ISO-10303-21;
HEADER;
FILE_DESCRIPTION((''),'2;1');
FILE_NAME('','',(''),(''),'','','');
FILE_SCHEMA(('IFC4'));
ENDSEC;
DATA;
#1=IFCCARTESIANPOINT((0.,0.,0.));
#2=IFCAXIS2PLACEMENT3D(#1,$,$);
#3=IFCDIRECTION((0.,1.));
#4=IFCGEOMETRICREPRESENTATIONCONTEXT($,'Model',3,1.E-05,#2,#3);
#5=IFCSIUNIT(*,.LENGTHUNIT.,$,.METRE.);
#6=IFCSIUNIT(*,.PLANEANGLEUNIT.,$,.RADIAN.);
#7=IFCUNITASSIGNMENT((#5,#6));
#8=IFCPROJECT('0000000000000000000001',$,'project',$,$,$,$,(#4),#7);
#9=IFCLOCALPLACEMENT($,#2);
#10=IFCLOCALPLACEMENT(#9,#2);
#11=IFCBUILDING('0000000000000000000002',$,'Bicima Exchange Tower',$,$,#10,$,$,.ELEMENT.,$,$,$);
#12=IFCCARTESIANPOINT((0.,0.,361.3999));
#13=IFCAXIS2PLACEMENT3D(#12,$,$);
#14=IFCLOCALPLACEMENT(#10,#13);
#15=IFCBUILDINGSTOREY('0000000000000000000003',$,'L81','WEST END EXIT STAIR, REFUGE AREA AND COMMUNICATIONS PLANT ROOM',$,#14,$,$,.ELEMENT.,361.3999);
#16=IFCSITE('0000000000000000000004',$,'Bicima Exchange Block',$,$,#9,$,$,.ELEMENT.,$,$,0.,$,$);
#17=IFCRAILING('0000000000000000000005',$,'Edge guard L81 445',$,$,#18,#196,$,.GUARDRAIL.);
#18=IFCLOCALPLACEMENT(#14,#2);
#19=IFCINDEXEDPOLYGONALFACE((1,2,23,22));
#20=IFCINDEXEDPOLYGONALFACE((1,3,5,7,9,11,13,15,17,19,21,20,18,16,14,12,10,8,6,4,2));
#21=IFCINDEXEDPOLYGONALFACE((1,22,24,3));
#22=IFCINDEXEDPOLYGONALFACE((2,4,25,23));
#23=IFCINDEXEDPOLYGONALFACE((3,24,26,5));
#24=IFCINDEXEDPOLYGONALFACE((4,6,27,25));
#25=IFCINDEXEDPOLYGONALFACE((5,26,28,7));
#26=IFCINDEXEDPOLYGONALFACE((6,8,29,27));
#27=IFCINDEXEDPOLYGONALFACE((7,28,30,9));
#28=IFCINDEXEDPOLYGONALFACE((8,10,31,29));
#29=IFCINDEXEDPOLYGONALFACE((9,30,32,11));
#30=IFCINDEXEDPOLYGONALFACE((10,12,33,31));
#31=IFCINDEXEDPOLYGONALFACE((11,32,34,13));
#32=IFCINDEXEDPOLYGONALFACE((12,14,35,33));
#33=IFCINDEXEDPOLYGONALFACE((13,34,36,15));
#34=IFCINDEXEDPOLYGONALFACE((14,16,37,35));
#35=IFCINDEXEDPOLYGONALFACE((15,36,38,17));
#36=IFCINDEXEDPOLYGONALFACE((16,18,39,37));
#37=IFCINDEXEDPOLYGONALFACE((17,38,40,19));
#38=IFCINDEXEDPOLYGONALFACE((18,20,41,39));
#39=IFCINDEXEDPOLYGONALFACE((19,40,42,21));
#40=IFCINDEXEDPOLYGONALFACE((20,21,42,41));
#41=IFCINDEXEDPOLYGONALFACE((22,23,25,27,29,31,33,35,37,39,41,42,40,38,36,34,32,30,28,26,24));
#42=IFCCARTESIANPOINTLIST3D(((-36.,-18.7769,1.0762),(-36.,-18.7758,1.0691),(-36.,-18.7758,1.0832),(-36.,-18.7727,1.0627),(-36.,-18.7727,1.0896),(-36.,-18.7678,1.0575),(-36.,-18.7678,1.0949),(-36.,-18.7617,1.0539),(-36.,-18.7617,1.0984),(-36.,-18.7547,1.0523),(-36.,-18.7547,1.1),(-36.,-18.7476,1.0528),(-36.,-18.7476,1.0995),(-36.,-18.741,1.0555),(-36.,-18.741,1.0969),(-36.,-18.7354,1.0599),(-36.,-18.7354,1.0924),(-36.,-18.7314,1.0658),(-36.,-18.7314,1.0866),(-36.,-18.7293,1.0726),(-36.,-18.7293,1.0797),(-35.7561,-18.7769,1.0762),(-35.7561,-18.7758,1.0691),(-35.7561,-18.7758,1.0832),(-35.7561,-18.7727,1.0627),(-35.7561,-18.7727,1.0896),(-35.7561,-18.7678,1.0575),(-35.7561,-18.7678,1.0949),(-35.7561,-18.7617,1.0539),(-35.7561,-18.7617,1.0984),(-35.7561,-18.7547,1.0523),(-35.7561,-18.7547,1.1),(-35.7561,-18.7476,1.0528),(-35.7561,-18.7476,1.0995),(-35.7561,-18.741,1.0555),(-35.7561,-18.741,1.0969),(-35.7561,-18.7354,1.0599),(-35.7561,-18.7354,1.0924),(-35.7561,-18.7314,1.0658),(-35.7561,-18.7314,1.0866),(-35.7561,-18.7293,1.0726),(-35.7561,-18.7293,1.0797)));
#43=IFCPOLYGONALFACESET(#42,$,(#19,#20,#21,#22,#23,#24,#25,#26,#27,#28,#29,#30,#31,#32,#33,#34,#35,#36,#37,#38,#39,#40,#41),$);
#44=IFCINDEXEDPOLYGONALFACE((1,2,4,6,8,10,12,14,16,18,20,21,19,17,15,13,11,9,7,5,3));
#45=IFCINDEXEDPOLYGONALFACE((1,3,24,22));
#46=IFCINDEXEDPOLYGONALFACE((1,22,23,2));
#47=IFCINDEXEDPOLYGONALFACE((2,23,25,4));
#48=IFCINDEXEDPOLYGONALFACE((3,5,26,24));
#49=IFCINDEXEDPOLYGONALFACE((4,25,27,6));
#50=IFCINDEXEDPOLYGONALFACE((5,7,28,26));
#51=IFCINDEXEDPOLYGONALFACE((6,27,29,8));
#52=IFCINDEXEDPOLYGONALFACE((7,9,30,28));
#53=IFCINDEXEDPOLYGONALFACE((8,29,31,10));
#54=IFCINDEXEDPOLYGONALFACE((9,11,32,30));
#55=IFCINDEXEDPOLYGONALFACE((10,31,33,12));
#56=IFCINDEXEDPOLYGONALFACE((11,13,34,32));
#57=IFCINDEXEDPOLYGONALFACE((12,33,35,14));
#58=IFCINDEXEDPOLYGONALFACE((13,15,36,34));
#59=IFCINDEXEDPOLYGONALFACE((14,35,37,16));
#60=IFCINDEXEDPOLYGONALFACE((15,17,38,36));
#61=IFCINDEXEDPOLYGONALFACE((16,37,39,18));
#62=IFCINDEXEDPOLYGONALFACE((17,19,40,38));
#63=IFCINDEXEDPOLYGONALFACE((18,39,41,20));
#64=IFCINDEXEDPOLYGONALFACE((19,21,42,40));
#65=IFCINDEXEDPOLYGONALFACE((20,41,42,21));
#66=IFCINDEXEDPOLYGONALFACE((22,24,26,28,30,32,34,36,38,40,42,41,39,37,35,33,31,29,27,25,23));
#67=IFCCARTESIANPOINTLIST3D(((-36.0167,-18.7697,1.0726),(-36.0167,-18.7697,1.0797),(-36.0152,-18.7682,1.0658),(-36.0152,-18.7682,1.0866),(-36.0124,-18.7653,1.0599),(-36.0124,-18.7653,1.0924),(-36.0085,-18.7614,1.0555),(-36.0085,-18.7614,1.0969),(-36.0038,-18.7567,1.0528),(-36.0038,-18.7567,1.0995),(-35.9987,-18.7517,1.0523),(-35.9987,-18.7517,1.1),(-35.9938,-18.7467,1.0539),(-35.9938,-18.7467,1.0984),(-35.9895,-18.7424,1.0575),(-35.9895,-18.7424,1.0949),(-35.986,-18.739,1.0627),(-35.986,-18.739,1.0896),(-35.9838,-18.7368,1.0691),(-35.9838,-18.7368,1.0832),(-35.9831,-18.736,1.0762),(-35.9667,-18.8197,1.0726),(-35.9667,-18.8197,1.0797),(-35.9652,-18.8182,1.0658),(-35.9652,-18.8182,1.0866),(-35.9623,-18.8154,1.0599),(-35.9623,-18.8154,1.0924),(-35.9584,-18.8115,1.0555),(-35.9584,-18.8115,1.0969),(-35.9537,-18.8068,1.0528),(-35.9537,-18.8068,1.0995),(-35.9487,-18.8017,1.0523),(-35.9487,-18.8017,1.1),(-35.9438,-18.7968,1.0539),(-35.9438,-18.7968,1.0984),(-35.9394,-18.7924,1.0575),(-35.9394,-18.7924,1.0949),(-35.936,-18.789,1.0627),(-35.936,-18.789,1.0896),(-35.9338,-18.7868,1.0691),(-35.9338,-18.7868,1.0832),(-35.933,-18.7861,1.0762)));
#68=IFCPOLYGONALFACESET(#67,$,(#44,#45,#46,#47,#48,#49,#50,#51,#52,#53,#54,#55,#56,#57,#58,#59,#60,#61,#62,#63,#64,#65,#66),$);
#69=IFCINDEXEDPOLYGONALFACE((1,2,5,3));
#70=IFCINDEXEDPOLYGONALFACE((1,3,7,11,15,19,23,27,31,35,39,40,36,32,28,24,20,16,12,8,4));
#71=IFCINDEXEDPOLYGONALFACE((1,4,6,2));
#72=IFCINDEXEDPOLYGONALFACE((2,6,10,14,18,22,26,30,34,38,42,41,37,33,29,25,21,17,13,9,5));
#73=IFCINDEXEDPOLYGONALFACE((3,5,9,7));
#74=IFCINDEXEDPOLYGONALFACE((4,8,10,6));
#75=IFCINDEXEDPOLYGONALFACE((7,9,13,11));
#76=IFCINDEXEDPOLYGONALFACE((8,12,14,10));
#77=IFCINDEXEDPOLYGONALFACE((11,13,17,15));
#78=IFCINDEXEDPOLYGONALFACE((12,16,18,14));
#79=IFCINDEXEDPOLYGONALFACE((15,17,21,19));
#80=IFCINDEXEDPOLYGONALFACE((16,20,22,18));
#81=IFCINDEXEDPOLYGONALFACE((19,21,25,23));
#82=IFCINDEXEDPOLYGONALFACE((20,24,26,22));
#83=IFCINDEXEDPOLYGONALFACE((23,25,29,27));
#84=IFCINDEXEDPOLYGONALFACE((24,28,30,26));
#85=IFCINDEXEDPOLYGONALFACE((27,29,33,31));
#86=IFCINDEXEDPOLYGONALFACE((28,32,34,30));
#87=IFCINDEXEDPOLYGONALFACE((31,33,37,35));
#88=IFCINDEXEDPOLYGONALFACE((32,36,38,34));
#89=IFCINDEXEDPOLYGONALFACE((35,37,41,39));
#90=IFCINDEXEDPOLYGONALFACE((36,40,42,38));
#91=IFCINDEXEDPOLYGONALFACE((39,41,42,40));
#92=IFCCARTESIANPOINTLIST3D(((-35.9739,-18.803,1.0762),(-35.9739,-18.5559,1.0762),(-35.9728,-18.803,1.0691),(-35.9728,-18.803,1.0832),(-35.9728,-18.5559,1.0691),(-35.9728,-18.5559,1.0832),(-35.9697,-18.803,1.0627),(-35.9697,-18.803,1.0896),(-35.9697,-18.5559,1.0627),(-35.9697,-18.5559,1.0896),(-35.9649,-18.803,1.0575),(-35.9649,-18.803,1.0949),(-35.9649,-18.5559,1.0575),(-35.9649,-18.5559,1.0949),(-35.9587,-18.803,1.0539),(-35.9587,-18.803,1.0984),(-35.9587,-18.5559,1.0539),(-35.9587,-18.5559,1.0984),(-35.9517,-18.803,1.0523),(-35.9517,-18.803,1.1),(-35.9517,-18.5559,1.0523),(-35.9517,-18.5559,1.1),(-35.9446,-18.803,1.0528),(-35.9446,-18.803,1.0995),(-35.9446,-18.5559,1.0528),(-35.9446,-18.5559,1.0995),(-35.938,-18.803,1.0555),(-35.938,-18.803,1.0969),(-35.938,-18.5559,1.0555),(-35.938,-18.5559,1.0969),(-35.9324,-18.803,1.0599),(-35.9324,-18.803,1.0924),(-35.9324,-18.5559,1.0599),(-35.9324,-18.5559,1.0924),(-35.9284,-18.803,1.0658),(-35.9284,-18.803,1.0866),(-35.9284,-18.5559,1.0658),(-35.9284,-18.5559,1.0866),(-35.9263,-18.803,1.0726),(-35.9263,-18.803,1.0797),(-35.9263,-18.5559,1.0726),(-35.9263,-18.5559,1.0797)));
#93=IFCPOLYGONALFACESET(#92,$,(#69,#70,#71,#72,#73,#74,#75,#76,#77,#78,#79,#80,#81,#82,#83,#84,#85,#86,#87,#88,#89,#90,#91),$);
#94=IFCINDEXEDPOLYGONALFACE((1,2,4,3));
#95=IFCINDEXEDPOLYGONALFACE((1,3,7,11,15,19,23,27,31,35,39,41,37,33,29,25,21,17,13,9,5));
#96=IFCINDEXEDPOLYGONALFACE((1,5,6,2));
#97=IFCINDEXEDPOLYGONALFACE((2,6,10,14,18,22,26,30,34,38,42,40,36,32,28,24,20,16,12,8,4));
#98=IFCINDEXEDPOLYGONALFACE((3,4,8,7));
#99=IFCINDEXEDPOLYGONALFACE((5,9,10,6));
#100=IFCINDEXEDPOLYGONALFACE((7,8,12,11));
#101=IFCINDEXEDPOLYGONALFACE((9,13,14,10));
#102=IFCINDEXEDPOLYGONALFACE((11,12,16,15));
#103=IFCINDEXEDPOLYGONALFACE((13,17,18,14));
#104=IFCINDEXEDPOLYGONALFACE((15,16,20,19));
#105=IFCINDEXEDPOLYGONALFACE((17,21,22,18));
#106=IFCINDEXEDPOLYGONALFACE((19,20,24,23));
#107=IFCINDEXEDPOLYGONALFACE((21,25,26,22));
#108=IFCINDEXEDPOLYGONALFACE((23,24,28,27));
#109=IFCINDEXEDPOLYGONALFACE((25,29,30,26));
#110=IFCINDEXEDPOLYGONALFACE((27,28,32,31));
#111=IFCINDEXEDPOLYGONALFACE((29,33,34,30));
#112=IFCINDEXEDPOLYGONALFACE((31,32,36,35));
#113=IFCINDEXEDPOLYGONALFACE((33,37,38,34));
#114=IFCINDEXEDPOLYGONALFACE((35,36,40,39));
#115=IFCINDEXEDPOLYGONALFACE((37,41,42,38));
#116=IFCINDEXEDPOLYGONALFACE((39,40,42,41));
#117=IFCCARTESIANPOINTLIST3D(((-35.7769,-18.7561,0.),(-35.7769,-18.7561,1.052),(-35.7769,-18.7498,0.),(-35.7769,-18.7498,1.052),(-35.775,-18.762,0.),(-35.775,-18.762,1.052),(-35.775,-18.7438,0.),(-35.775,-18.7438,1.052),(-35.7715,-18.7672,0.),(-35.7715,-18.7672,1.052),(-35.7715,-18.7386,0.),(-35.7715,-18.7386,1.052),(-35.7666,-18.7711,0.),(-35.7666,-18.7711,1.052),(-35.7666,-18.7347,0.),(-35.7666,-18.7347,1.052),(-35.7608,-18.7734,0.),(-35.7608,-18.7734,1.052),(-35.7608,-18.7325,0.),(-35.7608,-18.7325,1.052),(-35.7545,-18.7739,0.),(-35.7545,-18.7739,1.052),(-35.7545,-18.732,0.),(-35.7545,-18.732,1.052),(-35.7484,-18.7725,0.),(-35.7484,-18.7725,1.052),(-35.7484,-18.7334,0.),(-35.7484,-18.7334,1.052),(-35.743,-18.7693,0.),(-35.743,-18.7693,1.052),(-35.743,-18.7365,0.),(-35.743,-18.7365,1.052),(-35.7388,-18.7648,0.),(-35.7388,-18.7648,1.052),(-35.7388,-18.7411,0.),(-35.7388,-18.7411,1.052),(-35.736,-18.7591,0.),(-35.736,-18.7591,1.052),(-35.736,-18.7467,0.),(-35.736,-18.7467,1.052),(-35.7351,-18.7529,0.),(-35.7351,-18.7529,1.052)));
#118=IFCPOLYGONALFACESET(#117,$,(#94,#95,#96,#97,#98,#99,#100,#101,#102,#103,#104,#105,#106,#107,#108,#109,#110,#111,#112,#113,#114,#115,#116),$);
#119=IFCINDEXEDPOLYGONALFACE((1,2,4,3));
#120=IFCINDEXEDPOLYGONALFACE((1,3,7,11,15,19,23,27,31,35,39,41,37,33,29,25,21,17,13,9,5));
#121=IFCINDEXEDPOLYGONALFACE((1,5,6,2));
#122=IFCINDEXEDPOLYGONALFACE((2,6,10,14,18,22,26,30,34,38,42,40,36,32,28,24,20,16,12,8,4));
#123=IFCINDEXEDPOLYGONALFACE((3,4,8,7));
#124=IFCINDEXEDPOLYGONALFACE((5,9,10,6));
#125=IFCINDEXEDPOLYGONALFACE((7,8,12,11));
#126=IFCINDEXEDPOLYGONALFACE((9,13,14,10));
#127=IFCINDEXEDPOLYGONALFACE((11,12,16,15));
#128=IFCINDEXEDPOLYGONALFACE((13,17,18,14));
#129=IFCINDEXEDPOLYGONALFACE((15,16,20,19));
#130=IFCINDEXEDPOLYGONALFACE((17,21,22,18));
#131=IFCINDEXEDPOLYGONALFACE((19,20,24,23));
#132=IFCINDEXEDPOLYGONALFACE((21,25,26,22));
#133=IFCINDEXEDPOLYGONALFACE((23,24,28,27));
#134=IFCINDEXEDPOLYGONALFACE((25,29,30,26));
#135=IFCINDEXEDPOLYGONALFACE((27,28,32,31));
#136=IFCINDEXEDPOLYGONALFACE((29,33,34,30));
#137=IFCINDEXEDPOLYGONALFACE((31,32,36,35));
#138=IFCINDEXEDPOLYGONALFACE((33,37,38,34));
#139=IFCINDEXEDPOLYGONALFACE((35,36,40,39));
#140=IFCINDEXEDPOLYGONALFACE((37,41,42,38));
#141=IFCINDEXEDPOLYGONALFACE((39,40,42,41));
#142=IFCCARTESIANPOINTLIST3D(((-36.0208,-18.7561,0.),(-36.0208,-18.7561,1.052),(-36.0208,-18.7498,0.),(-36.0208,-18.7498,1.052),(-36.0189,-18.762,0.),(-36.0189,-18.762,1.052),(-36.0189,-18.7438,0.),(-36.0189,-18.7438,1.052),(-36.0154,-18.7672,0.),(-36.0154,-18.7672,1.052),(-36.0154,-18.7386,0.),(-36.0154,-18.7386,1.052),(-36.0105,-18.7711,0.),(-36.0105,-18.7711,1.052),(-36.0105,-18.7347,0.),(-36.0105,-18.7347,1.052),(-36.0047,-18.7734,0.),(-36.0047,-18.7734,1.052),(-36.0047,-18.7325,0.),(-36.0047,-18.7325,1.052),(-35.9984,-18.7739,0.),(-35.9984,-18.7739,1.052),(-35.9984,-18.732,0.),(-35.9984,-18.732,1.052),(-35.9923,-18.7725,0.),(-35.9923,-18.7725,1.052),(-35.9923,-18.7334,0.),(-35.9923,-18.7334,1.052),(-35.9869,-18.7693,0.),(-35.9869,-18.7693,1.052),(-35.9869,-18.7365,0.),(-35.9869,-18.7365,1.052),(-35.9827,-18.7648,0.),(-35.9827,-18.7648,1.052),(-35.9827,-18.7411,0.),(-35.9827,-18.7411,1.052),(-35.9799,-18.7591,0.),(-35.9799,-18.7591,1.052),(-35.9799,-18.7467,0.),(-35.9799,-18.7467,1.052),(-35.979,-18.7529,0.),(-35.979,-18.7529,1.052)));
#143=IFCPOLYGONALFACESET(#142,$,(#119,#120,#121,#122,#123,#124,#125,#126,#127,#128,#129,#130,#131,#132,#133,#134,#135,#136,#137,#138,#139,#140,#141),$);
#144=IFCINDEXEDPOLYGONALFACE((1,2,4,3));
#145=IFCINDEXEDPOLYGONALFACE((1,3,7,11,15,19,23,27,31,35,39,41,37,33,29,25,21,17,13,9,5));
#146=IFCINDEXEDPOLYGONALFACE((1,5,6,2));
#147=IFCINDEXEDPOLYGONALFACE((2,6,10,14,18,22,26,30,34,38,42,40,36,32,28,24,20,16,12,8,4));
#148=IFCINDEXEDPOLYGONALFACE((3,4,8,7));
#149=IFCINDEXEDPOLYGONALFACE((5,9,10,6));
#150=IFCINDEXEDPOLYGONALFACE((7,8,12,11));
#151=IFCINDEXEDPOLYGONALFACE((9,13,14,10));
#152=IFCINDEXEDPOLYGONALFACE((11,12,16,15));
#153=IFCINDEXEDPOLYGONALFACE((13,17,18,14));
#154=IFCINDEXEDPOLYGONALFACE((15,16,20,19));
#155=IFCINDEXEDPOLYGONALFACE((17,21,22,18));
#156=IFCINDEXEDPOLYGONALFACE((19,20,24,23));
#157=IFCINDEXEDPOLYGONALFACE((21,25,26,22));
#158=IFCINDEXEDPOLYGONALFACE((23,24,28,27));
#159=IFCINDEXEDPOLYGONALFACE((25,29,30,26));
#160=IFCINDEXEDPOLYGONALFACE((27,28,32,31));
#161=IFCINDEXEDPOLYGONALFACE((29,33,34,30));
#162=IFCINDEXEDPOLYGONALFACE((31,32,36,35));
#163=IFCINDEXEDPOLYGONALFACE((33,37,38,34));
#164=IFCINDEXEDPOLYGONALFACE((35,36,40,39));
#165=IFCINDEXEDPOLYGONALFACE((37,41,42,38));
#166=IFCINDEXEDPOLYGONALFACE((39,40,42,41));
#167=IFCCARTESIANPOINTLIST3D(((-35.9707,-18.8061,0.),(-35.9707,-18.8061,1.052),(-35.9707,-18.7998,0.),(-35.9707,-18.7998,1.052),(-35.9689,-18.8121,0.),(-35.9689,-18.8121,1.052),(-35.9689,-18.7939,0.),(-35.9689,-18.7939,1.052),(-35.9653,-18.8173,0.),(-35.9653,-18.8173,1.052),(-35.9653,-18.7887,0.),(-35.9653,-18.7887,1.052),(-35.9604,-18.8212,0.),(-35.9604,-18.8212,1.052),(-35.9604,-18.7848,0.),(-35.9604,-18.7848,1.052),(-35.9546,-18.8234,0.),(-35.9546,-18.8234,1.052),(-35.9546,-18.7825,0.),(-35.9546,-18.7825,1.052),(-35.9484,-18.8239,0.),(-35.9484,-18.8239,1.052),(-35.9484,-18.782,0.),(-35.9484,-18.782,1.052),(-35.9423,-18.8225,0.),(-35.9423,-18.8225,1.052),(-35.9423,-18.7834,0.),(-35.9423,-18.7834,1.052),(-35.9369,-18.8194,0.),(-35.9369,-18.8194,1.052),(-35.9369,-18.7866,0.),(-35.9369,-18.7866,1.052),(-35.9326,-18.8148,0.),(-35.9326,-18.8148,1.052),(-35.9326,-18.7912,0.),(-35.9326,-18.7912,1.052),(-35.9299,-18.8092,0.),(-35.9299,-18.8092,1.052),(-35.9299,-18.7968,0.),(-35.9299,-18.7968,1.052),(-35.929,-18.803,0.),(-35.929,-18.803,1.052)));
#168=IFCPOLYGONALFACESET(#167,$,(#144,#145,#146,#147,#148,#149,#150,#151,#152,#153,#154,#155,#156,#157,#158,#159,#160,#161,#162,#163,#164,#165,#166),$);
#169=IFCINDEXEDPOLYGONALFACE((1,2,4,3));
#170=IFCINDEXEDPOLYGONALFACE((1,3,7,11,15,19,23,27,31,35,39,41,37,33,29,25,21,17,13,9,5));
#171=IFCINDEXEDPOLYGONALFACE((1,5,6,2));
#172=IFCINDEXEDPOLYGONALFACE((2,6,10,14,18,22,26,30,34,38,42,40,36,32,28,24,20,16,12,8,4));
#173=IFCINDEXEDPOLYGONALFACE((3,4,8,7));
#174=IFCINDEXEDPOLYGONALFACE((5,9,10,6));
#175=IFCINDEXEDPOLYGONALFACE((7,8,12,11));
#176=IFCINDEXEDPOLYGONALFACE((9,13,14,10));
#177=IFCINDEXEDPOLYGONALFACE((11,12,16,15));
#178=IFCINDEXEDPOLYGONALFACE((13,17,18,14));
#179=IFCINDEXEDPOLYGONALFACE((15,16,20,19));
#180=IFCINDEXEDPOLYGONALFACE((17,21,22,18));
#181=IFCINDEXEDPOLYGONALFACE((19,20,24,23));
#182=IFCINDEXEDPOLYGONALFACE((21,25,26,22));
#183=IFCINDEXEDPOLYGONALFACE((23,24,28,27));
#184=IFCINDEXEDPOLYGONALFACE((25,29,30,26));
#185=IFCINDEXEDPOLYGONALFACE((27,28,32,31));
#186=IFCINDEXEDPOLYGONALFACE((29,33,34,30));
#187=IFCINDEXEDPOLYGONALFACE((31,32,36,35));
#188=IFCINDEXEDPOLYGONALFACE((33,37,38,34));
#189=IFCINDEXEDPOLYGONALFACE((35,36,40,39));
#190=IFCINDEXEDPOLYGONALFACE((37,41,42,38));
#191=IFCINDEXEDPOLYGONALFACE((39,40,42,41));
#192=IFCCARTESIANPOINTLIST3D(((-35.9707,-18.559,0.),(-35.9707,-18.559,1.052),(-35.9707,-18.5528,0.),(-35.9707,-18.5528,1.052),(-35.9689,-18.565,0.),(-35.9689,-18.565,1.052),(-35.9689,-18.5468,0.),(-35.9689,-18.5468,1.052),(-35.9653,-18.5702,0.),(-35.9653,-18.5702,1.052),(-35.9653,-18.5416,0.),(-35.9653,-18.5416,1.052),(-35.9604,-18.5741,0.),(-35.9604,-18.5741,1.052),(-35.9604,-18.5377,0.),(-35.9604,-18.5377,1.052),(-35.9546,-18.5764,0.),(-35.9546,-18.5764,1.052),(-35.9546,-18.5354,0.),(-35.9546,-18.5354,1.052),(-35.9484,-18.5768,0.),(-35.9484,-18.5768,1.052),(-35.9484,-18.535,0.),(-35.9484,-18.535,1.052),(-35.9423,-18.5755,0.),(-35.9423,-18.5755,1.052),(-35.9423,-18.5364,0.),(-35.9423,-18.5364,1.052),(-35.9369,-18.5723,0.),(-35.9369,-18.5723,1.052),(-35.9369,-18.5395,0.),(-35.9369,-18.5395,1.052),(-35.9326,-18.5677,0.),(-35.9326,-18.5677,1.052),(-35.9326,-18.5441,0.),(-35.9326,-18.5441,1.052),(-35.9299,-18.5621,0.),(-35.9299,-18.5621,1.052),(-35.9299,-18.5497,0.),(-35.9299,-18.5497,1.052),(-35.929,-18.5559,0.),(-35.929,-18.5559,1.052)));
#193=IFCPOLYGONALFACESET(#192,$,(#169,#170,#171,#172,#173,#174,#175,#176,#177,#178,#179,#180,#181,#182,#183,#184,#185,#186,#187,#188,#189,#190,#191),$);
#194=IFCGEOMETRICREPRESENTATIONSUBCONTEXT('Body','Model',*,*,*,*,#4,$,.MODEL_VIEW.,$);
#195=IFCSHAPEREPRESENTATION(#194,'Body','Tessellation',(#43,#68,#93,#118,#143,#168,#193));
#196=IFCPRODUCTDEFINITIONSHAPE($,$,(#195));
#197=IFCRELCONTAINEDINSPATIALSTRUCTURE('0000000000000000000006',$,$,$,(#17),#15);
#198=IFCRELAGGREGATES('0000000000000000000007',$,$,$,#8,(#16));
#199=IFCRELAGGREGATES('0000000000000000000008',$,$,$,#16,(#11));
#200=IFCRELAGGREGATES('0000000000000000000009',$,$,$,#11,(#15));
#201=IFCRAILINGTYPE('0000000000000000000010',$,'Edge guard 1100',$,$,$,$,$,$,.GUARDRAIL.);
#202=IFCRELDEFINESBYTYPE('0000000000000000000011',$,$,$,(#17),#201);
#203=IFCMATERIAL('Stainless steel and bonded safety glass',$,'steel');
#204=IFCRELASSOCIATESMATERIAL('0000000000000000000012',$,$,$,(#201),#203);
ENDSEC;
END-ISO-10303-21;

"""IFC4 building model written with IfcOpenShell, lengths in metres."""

from ifc_helpers import new_model, si_unit, direction, frame, origin, origin_2d, place, context, subcontext, project, spatial, circle, extrude, material, type_object, element, save


model = new_model("IFC4")

# Units and contexts
model_context = context("Model", 3, precision=1e-05, world=origin(), true_north=direction((0.0, 1.0)))
body_context = subcontext(model_context, "Body", "Model", "MODEL_VIEW")
ifc_project = project(units=[si_unit("LENGTHUNIT", "METRE"), si_unit("PLANEANGLEUNIT", "RADIAN")], contexts=[model_context])

# Site, building, storey
site_placement = place(None, origin())
site = spatial("IfcSite", under=ifc_project, at=site_placement, Name="Bicima Exchange Block", CompositionType="ELEMENT", RefElevation=0.0)
building_placement = place(site_placement, origin())
building = spatial("IfcBuilding", under=site, at=building_placement, Name="Bicima Exchange Tower", CompositionType="ELEMENT")
storey_placement = place(building_placement, frame((0.0, 0.0, 361.3999)))
storey = spatial("IfcBuildingStorey", under=building, at=storey_placement, Name="L81", Description="WEST END EXIT STAIR, REFUGE AREA AND COMMUNICATIONS PLANT ROOM", CompositionType="ELEMENT", Elevation=361.3999)

# Railing
ifc_material_1 = material(Name="Stainless steel and bonded safety glass", Category="steel")
railing_type = type_object("IfcRailingType", Name="Edge guard 1100", PredefinedType="GUARDRAIL", material=ifc_material_1)
railing_1_placement = place(storey_placement, frame((-35.7561, -18.7529, 0.0)))
element("IfcRailing", 1, at=railing_1_placement, inside=storey, type_object=railing_type, Name="Edge guard L81 445", PredefinedType="GUARDRAIL", context=body_context, shape_type="SweptSolid", body=[
    extrude(circle(Radius=0.0239, at=origin_2d()), frame((0.0, 0.0, 1.0762), z_axis=(-1.0, 0.0, 0.0), x_axis=(0.0, -1.0, 0.0)), (0.0, 0.0, 1.0), 0.2439),
    extrude(circle(Radius=0.0239, at=origin_2d()), frame((-0.2439, 0.0, 1.0762), z_axis=(0.707107, -0.707107, 0.0), x_axis=(0.707107, 0.707107, 0.0)), (0.0, 0.0, 1.0), 0.0708),
    extrude(circle(Radius=0.0239, at=origin_2d()), frame((-0.1938, -0.05, 1.0762), z_axis=(0.0, 1.0, 0.0), x_axis=(-1.0, 0.0, 0.0)), (0.0, 0.0, 1.0), 0.2471),
    extrude(circle(Radius=0.021, at=origin_2d()), origin(), (0.0, 0.0, 1.0), 1.052),
    extrude(circle(Radius=0.021, at=origin_2d()), frame((-0.2439, 0.0, 0.0)), (0.0, 0.0, 1.0), 1.052),
    extrude(circle(Radius=0.021, at=origin_2d()), frame((-0.1938, -0.05, 0.0)), (0.0, 0.0, 1.0), 1.052),
    extrude(circle(Radius=0.021, at=origin_2d()), frame((-0.1938, 0.197, 0.0)), (0.0, 0.0, 1.0), 1.052),
])

save(model, "model.ifc")
